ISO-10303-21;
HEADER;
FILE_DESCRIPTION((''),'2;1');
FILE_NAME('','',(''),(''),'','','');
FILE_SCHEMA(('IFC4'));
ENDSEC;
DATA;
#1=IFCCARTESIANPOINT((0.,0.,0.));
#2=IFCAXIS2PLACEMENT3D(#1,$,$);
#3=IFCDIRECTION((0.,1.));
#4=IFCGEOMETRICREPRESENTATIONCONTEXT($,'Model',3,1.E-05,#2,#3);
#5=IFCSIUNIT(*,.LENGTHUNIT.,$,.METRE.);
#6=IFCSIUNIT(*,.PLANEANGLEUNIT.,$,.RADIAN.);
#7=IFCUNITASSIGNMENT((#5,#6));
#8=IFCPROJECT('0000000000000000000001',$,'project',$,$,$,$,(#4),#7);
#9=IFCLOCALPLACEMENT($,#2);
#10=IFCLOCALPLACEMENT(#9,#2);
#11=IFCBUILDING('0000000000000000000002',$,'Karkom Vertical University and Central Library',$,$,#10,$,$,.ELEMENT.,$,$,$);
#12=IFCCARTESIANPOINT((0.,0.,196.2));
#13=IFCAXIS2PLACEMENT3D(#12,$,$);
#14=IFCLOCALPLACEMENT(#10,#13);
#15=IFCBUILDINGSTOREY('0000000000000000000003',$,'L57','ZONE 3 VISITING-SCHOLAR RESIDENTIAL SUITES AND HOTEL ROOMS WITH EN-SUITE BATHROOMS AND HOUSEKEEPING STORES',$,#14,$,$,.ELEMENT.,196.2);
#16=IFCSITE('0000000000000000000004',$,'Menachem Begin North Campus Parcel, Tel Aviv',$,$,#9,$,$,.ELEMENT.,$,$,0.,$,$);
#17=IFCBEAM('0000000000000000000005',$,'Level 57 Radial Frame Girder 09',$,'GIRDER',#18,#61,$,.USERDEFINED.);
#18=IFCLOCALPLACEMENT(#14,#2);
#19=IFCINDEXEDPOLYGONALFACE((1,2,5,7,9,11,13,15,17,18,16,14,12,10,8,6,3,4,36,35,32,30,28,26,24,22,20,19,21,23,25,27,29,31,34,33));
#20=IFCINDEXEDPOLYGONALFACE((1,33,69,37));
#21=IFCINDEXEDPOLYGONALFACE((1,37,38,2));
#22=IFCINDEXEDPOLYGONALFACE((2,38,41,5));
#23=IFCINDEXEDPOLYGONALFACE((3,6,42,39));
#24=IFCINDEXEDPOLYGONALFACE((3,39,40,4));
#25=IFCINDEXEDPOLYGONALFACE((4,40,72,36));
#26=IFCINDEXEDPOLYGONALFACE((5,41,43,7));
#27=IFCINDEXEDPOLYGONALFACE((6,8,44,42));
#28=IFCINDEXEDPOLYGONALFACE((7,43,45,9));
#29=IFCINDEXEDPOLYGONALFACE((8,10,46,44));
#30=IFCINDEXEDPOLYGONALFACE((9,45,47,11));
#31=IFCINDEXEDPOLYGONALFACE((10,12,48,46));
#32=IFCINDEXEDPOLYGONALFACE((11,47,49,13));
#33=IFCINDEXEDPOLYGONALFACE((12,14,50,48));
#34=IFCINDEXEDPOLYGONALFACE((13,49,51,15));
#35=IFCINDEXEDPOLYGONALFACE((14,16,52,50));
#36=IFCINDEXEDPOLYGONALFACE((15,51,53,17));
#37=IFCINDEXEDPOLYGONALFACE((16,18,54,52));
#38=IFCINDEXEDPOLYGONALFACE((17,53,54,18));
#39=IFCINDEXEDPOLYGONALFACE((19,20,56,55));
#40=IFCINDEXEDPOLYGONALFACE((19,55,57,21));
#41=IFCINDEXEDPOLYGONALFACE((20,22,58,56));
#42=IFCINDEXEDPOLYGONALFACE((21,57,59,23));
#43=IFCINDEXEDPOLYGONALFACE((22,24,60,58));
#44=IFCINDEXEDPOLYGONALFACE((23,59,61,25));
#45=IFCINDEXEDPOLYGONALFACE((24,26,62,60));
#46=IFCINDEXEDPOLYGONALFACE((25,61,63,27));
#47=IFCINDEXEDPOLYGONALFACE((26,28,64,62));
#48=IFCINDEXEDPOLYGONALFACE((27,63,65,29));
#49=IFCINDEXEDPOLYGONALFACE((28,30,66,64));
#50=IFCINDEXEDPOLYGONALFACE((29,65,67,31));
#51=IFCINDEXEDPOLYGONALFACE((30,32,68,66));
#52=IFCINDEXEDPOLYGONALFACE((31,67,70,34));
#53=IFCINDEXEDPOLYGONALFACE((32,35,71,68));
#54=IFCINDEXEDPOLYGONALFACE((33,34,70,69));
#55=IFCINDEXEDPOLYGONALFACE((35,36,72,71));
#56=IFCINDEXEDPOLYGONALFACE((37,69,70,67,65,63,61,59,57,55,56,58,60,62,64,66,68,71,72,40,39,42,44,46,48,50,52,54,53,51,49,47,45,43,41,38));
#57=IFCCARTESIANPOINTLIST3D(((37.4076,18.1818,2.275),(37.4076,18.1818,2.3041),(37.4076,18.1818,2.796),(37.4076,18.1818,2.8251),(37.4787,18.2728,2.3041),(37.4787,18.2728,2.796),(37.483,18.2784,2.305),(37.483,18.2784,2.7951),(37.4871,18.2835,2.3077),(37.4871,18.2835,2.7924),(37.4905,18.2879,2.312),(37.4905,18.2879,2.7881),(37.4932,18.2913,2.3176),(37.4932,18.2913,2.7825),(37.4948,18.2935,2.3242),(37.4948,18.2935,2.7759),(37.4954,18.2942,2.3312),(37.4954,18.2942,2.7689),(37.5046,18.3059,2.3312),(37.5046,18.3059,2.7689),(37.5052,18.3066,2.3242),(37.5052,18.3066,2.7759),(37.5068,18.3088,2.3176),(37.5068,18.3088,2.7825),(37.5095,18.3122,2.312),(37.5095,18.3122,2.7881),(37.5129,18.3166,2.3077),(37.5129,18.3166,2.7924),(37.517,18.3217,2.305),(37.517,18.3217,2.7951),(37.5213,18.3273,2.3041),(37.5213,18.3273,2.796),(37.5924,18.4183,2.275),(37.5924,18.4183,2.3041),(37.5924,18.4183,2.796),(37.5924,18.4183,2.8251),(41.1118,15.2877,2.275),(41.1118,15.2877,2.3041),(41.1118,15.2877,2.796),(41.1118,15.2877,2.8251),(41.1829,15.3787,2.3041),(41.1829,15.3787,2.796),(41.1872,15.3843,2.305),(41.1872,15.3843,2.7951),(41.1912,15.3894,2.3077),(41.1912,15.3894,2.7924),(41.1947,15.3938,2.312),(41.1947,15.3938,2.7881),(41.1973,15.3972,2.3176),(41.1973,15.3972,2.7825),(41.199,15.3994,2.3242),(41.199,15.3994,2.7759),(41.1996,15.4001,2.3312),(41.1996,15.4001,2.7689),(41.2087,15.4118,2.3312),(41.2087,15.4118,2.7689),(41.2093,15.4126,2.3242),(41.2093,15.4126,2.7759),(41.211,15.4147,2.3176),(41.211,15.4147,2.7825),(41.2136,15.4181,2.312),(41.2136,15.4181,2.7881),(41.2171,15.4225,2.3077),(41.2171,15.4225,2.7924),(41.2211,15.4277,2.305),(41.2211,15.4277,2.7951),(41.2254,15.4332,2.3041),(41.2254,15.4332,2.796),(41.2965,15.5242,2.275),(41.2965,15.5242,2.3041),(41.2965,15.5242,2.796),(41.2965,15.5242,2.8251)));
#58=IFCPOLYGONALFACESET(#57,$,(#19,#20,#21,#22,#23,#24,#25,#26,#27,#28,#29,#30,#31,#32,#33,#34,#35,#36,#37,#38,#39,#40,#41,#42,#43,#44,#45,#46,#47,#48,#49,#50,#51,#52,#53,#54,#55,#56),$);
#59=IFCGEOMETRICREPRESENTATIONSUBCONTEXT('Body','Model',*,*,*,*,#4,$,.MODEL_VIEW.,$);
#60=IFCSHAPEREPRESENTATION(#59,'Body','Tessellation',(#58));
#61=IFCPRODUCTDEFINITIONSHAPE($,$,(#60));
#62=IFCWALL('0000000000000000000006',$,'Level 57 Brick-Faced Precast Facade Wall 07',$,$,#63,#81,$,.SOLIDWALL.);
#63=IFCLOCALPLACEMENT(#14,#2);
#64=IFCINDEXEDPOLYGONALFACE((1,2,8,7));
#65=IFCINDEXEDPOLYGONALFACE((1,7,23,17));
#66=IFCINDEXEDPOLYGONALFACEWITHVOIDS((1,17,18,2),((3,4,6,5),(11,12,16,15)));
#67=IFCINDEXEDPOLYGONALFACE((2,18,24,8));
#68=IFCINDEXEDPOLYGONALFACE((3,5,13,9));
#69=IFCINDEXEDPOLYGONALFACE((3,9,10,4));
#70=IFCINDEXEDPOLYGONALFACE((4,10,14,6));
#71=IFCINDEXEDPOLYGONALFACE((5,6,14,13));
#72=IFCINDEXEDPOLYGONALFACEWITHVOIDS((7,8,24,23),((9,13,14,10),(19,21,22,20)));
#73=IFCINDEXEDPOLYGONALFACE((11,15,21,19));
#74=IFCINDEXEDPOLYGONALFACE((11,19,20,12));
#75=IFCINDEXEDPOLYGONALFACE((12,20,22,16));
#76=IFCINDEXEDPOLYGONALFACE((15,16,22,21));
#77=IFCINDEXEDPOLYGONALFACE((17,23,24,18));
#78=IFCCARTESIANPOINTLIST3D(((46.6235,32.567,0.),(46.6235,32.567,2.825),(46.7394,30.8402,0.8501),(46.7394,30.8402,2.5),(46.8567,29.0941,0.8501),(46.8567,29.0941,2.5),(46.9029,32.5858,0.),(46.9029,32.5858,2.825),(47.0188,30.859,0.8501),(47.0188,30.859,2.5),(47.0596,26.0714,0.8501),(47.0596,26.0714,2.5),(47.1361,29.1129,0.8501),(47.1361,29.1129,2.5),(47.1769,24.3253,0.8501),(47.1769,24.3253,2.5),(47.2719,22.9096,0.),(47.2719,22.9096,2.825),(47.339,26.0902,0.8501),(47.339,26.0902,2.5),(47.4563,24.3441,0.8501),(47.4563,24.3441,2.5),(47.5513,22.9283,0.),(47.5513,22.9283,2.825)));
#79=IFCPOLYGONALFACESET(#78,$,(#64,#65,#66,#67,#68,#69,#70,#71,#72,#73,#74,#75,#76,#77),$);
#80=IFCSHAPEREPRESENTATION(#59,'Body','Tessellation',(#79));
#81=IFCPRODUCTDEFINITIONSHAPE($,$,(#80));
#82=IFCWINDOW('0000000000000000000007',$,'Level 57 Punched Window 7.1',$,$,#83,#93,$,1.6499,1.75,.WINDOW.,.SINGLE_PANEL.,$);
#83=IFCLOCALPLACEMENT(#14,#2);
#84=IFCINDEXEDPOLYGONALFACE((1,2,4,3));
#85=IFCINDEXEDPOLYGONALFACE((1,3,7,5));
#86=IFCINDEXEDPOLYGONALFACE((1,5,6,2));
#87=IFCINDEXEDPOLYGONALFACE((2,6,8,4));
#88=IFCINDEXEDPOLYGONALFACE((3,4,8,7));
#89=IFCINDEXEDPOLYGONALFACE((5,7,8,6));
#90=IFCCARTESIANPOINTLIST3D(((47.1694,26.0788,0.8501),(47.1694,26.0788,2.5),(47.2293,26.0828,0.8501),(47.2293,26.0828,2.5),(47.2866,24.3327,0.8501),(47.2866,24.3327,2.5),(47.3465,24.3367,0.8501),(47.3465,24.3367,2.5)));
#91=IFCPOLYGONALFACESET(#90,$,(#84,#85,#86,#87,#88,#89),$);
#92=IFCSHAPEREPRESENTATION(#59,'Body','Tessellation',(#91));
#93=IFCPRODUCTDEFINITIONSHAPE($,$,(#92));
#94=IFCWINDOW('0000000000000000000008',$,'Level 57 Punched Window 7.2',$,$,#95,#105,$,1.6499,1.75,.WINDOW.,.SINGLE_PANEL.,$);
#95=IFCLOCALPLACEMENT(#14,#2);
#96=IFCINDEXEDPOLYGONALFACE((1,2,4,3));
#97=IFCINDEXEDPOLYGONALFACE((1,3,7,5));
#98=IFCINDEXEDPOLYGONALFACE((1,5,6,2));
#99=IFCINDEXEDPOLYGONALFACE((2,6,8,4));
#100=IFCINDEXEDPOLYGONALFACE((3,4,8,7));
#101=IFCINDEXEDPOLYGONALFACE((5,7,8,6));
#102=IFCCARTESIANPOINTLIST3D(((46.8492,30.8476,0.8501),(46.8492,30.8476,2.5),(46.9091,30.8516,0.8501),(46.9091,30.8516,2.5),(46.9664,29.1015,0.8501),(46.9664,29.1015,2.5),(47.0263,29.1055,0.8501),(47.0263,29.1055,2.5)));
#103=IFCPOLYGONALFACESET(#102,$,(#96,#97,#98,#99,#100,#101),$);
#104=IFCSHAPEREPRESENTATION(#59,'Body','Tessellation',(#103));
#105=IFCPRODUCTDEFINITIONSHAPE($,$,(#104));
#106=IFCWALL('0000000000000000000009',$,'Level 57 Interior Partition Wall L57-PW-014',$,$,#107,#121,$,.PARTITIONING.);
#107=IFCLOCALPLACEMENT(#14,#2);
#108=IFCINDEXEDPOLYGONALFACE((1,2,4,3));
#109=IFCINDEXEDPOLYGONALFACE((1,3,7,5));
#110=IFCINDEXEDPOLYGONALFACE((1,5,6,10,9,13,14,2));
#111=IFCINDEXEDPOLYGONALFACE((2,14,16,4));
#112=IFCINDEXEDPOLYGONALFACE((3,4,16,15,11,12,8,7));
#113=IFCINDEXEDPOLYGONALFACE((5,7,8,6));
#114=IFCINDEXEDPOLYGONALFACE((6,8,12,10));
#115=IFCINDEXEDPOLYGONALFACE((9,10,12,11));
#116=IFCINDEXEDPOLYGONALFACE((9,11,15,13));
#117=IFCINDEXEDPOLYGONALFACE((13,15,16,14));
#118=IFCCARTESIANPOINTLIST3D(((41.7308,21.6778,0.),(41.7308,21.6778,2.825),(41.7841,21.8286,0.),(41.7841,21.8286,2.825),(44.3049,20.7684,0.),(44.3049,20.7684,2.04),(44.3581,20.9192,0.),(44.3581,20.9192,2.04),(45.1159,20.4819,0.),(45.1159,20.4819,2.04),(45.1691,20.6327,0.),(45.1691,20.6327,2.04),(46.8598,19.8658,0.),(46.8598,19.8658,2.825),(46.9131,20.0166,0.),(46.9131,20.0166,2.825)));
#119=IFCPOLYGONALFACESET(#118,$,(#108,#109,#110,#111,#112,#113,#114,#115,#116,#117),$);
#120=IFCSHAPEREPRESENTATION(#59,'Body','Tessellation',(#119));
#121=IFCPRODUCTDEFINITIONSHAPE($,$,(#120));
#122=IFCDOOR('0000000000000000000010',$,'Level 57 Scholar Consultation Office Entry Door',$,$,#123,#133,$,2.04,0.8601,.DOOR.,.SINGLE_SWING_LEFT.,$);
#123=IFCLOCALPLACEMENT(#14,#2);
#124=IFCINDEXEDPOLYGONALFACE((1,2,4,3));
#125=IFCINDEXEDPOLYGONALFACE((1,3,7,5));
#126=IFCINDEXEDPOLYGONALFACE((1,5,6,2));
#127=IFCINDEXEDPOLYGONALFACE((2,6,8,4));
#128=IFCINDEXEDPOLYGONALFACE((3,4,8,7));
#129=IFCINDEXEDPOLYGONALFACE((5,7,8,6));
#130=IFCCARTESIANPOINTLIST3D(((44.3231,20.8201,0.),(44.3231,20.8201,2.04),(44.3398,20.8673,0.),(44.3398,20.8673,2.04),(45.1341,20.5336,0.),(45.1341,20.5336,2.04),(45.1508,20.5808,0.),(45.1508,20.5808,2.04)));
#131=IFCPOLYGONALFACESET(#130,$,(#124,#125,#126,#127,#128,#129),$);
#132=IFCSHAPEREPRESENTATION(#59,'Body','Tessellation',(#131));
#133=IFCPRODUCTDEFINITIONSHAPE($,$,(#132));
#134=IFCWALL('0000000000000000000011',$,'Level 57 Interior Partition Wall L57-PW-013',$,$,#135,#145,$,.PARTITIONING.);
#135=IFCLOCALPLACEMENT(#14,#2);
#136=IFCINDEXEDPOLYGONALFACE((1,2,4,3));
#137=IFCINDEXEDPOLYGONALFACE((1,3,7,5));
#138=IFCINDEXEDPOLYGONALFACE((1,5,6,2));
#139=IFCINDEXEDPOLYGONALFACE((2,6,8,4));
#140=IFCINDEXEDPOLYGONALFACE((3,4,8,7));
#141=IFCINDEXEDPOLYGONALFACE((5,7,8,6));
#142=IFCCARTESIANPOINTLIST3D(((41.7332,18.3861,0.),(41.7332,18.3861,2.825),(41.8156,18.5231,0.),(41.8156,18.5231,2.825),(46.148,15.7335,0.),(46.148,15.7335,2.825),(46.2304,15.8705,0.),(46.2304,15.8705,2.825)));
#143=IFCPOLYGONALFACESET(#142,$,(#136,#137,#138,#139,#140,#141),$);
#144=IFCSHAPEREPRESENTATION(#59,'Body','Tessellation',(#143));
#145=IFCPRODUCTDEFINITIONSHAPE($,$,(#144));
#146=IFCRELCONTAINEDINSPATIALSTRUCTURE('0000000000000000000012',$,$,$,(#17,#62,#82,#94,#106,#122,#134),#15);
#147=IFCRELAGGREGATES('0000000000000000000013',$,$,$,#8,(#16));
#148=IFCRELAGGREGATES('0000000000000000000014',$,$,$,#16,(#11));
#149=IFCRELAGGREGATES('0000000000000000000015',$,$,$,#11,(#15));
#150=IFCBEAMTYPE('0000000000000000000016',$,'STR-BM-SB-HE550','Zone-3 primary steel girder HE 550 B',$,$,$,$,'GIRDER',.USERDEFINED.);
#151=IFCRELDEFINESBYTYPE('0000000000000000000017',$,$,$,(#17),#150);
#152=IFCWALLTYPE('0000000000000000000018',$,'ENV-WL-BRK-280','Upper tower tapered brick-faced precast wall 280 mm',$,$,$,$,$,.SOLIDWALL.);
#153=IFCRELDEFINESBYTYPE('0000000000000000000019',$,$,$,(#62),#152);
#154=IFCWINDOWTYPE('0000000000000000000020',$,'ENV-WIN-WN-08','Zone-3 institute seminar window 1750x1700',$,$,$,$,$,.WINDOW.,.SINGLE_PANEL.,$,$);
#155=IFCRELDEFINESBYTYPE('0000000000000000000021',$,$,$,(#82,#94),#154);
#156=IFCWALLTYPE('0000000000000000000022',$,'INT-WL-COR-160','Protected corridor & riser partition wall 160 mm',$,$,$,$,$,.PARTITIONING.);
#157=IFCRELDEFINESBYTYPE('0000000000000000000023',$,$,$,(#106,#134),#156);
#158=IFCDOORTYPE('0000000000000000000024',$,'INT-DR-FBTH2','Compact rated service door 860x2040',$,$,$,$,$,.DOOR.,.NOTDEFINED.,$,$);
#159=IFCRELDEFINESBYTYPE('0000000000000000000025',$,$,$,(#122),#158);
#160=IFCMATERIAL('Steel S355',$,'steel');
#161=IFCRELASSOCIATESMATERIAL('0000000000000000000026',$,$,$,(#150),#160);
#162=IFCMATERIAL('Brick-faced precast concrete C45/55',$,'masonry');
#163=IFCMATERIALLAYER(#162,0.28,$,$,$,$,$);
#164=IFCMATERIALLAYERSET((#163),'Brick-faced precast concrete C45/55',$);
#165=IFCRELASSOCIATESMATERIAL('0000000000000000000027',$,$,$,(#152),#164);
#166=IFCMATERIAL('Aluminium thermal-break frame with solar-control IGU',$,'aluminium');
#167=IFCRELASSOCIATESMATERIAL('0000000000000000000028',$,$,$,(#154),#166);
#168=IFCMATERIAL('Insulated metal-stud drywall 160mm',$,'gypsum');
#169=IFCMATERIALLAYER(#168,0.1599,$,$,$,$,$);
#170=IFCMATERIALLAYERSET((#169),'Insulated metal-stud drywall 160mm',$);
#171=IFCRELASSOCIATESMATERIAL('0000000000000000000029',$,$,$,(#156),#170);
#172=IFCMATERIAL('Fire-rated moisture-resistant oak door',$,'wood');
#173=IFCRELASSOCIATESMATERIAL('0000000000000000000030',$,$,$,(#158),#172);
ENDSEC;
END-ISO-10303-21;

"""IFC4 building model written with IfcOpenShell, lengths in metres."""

from ifc_helpers import new_model, si_unit, direction, frame, frame_2d, origin, origin_with_axes, origin_2d, place, context, subcontext, project, spatial, rectangle, i_section, extrude, source, transform, mapped, material, layer, layer_set, material_profile, profile_set, type_object, element, fill, save


model = new_model("IFC4")

# Units and contexts
model_context = context("Model", 3, precision=1e-05, world=origin(), true_north=direction((0.0, 1.0)))
body_context = subcontext(model_context, "Body", "Model", "MODEL_VIEW")
ifc_project = project(units=[si_unit("LENGTHUNIT", "METRE"), si_unit("PLANEANGLEUNIT", "RADIAN")], contexts=[model_context])

# Site, building, storey
site_placement = place(None, origin())
site = spatial("IfcSite", under=ifc_project, at=site_placement, Name="Menachem Begin North Campus Parcel, Tel Aviv", CompositionType="ELEMENT", RefElevation=0.0)
building_placement = place(site_placement, origin())
building = spatial("IfcBuilding", under=site, at=building_placement, Name="Karkom Vertical University and Central Library", CompositionType="ELEMENT")
storey_placement = place(building_placement, frame((0.0, 0.0, 196.2)))
storey = spatial("IfcBuildingStorey", under=building, at=storey_placement, Name="L57", Description="ZONE 3 VISITING-SCHOLAR RESIDENTIAL SUITES AND HOTEL ROOMS WITH EN-SUITE BATHROOMS AND HOUSEKEEPING STORES", CompositionType="ELEMENT", Elevation=196.2)

# Beam
ifc_material_1 = material(Name="Steel S355", Category="steel")
ifc_material_profile_1 = material_profile(ifc_material_1, i_section(OverallWidth=0.3, OverallDepth=0.55, WebThickness=0.0149, FlangeThickness=0.0291, FilletRadius=0.0271, at=origin_2d()), Name="HE 550 B")
ifc_profile_set_1 = profile_set([ifc_material_profile_1], Name="Steel S355")
beam_type_1 = type_object("IfcBeamType", Name="STR-BM-SB-HE550", Description="Zone-3 primary steel girder HE 550 B", ElementType="GIRDER", PredefinedType="USERDEFINED", material=ifc_profile_set_1)
shared_shape_1 = source(origin_with_axes(), body_context, "Body", "SweptSolid", [
    extrude(i_section(OverallWidth=0.3, OverallDepth=0.55, WebThickness=0.0149, FlangeThickness=0.0291, FilletRadius=0.0271, at=origin_2d()), origin(), (0.0, 0.0, 1.0), 4.7007),
])
beam_1_placement = place(storey_placement, frame((37.5, 18.3, 2.55), z_axis=(0.788002, -0.615672, 0.0), x_axis=(0.615672, 0.788002, 0.0)))
element("IfcBeam", 1, at=beam_1_placement, inside=storey, type_object=beam_type_1, Name="Level 57 Radial Frame Girder 09", ObjectType="GIRDER", PredefinedType="USERDEFINED", context=body_context, shape_type="MappedRepresentation", body=[
    mapped(shared_shape_1, transform((0.0, 0.0, 0.0), scale=1.0)),
])

# Wall, openings, windows
ifc_material_2 = material(Name="Brick-faced precast concrete C45/55", Category="masonry")
ifc_layer_1 = layer(ifc_material_2, 0.28)
ifc_layer_set_1 = layer_set([ifc_layer_1], Name="Brick-faced precast concrete C45/55")
wall_type_1 = type_object("IfcWallType", Name="ENV-WL-BRK-280", Description="Upper tower tapered brick-faced precast wall 280 mm", PredefinedType="SOLIDWALL", material=ifc_layer_set_1)
wall_1_placement = place(storey_placement, frame((47.4116, 22.9189, 0.0), z_axis=(0.0, 0.0, 1.0), x_axis=(-0.066993, 0.997753, 0.0)))
wall_1 = element("IfcWall", 2, at=wall_1_placement, inside=storey, type_object=wall_type_1, Name="Level 57 Brick-Faced Precast Facade Wall 07", PredefinedType="SOLIDWALL", context=body_context, shape_type="SweptSolid", body=[
    extrude(rectangle(XDim=9.6792, YDim=0.28, at=frame_2d((4.8396, 0.0))), origin(), (0.0, 0.0, 1.0), 2.825),
])
opening_1_placement = place(wall_1_placement, frame((1.4189, 0.0, 0.8501)))
opening_1 = element("IfcOpeningElement", 3, at=opening_1_placement, cuts=wall_1, PredefinedType="OPENING", context=body_context, shape_type="SweptSolid", body=[
    extrude(rectangle(XDim=1.75, YDim=1.6499, at=frame_2d((0.875, 0.825))), frame((0.0, 0.1499, 0.0), z_axis=(0.0, -1.0, 0.0), x_axis=(1.0, 0.0, 0.0)), (0.0, 0.0, 1.0), 0.3),
])
opening_2_placement = place(wall_1_placement, frame((6.1985, 0.0, 0.8501)))
opening_2 = element("IfcOpeningElement", 4, at=opening_2_placement, cuts=wall_1, PredefinedType="OPENING", context=body_context, shape_type="SweptSolid", body=[
    extrude(rectangle(XDim=1.75, YDim=1.6499, at=frame_2d((0.875, 0.825))), frame((0.0, 0.1499, 0.0), z_axis=(0.0, -1.0, 0.0), x_axis=(1.0, 0.0, 0.0)), (0.0, 0.0, 1.0), 0.3),
])
ifc_material_3 = material(Name="Aluminium thermal-break frame with solar-control IGU", Category="aluminium")
window_type = type_object("IfcWindowType", Name="ENV-WIN-WN-08", Description="Zone-3 institute seminar window 1750x1700", PartitioningType="SINGLE_PANEL", PredefinedType="WINDOW", material=ifc_material_3)
shared_shape_2 = source(origin_with_axes(), body_context, "Body", "SweptSolid", [
    extrude(rectangle(XDim=1.75, YDim=1.6499, at=frame_2d((0.875, 0.825))), frame((0.0, 0.03, 0.0), z_axis=(0.0, -1.0, 0.0), x_axis=(1.0, 0.0, 0.0)), (0.0, 0.0, 1.0), 0.0601),
])
window_1_placement = place(opening_1_placement, origin())
window_1 = element("IfcWindow", 5, at=window_1_placement, inside=storey, type_object=window_type, Name="Level 57 Punched Window 7.1", OverallHeight=1.6499, OverallWidth=1.75, PartitioningType="SINGLE_PANEL", PredefinedType="WINDOW", context=body_context, shape_type="MappedRepresentation", body=[
    mapped(shared_shape_2, transform((0.0, 0.0, 0.0), scale=1.0)),
])
fill(opening_1, window_1)
window_2_placement = place(opening_2_placement, origin())
window_2 = element("IfcWindow", 6, at=window_2_placement, inside=storey, type_object=window_type, Name="Level 57 Punched Window 7.2", OverallHeight=1.6499, OverallWidth=1.75, PartitioningType="SINGLE_PANEL", PredefinedType="WINDOW", context=body_context, shape_type="MappedRepresentation", body=[
    mapped(shared_shape_2, transform((0.0, 0.0, 0.0), scale=1.0)),
])
fill(opening_2, window_2)

# Wall, opening, door
ifc_material_4 = material(Name="Insulated metal-stud drywall 160mm", Category="gypsum")
ifc_layer_2 = layer(ifc_material_4, 0.1599)
ifc_layer_set_2 = layer_set([ifc_layer_2], Name="Insulated metal-stud drywall 160mm")
wall_type_2 = type_object("IfcWallType", Name="INT-WL-COR-160", Description="Protected corridor & riser partition wall 160 mm", PredefinedType="PARTITIONING", material=ifc_layer_set_2)
wall_2_placement = place(storey_placement, frame((41.7576, 21.7532, 0.0), z_axis=(0.0, 0.0, 1.0), x_axis=(0.942886, -0.333116, 0.0)))
wall_2 = element("IfcWall", 7, at=wall_2_placement, inside=storey, type_object=wall_type_2, Name="Level 57 Interior Partition Wall L57-PW-014", PredefinedType="PARTITIONING", context=body_context, shape_type="SweptSolid", body=[
    extrude(rectangle(XDim=5.4397, YDim=0.1599, at=frame_2d((2.7197, 0.0))), origin(), (0.0, 0.0, 1.0), 2.825),
])
opening_3_placement = place(wall_2_placement, frame((2.7297, 0.0, 0.0)))
opening_3 = element("IfcOpeningElement", 8, at=opening_3_placement, cuts=wall_2, PredefinedType="OPENING", context=body_context, shape_type="SweptSolid", body=[
    extrude(rectangle(XDim=0.8601, YDim=2.04, at=frame_2d((0.4302, 1.02))), frame((0.0, 0.0898, 0.0), z_axis=(0.0, -1.0, 0.0), x_axis=(1.0, 0.0, 0.0)), (0.0, 0.0, 1.0), 0.1799),
])
ifc_material_5 = material(Name="Fire-rated moisture-resistant oak door", Category="wood")
door_type = type_object("IfcDoorType", Name="INT-DR-FBTH2", Description="Compact rated service door 860x2040", OperationType="NOTDEFINED", PredefinedType="DOOR", material=ifc_material_5)
shared_shape_3 = source(origin_with_axes(), body_context, "Body", "SweptSolid", [
    extrude(rectangle(XDim=0.8601, YDim=2.04, at=frame_2d((0.4302, 1.02))), frame((0.0, 0.0249, 0.0), z_axis=(0.0, -1.0, 0.0), x_axis=(1.0, 0.0, 0.0)), (0.0, 0.0, 1.0), 0.05),
])
door_placement = place(opening_3_placement, origin())
door = element("IfcDoor", 9, at=door_placement, inside=storey, type_object=door_type, Name="Level 57 Scholar Consultation Office Entry Door", OperationType="SINGLE_SWING_LEFT", OverallHeight=2.04, OverallWidth=0.8601, PredefinedType="DOOR", context=body_context, shape_type="MappedRepresentation", body=[
    mapped(shared_shape_3, transform((0.0, 0.0, 0.0), scale=1.0)),
])
fill(opening_3, door)

# Wall
wall_3_placement = place(storey_placement, frame((41.7744, 18.4546, 0.0), z_axis=(0.0, 0.0, 1.0), x_axis=(0.857175, -0.515025, 0.0)))
element("IfcWall", 10, at=wall_3_placement, inside=storey, type_object=wall_type_2, Name="Level 57 Interior Partition Wall L57-PW-013", PredefinedType="PARTITIONING", context=body_context, shape_type="SweptSolid", body=[
    extrude(rectangle(XDim=5.1504, YDim=0.1599, at=frame_2d((2.5752, 0.0))), origin(), (0.0, 0.0, 1.0), 2.825),
])

save(model, "model.ifc")
